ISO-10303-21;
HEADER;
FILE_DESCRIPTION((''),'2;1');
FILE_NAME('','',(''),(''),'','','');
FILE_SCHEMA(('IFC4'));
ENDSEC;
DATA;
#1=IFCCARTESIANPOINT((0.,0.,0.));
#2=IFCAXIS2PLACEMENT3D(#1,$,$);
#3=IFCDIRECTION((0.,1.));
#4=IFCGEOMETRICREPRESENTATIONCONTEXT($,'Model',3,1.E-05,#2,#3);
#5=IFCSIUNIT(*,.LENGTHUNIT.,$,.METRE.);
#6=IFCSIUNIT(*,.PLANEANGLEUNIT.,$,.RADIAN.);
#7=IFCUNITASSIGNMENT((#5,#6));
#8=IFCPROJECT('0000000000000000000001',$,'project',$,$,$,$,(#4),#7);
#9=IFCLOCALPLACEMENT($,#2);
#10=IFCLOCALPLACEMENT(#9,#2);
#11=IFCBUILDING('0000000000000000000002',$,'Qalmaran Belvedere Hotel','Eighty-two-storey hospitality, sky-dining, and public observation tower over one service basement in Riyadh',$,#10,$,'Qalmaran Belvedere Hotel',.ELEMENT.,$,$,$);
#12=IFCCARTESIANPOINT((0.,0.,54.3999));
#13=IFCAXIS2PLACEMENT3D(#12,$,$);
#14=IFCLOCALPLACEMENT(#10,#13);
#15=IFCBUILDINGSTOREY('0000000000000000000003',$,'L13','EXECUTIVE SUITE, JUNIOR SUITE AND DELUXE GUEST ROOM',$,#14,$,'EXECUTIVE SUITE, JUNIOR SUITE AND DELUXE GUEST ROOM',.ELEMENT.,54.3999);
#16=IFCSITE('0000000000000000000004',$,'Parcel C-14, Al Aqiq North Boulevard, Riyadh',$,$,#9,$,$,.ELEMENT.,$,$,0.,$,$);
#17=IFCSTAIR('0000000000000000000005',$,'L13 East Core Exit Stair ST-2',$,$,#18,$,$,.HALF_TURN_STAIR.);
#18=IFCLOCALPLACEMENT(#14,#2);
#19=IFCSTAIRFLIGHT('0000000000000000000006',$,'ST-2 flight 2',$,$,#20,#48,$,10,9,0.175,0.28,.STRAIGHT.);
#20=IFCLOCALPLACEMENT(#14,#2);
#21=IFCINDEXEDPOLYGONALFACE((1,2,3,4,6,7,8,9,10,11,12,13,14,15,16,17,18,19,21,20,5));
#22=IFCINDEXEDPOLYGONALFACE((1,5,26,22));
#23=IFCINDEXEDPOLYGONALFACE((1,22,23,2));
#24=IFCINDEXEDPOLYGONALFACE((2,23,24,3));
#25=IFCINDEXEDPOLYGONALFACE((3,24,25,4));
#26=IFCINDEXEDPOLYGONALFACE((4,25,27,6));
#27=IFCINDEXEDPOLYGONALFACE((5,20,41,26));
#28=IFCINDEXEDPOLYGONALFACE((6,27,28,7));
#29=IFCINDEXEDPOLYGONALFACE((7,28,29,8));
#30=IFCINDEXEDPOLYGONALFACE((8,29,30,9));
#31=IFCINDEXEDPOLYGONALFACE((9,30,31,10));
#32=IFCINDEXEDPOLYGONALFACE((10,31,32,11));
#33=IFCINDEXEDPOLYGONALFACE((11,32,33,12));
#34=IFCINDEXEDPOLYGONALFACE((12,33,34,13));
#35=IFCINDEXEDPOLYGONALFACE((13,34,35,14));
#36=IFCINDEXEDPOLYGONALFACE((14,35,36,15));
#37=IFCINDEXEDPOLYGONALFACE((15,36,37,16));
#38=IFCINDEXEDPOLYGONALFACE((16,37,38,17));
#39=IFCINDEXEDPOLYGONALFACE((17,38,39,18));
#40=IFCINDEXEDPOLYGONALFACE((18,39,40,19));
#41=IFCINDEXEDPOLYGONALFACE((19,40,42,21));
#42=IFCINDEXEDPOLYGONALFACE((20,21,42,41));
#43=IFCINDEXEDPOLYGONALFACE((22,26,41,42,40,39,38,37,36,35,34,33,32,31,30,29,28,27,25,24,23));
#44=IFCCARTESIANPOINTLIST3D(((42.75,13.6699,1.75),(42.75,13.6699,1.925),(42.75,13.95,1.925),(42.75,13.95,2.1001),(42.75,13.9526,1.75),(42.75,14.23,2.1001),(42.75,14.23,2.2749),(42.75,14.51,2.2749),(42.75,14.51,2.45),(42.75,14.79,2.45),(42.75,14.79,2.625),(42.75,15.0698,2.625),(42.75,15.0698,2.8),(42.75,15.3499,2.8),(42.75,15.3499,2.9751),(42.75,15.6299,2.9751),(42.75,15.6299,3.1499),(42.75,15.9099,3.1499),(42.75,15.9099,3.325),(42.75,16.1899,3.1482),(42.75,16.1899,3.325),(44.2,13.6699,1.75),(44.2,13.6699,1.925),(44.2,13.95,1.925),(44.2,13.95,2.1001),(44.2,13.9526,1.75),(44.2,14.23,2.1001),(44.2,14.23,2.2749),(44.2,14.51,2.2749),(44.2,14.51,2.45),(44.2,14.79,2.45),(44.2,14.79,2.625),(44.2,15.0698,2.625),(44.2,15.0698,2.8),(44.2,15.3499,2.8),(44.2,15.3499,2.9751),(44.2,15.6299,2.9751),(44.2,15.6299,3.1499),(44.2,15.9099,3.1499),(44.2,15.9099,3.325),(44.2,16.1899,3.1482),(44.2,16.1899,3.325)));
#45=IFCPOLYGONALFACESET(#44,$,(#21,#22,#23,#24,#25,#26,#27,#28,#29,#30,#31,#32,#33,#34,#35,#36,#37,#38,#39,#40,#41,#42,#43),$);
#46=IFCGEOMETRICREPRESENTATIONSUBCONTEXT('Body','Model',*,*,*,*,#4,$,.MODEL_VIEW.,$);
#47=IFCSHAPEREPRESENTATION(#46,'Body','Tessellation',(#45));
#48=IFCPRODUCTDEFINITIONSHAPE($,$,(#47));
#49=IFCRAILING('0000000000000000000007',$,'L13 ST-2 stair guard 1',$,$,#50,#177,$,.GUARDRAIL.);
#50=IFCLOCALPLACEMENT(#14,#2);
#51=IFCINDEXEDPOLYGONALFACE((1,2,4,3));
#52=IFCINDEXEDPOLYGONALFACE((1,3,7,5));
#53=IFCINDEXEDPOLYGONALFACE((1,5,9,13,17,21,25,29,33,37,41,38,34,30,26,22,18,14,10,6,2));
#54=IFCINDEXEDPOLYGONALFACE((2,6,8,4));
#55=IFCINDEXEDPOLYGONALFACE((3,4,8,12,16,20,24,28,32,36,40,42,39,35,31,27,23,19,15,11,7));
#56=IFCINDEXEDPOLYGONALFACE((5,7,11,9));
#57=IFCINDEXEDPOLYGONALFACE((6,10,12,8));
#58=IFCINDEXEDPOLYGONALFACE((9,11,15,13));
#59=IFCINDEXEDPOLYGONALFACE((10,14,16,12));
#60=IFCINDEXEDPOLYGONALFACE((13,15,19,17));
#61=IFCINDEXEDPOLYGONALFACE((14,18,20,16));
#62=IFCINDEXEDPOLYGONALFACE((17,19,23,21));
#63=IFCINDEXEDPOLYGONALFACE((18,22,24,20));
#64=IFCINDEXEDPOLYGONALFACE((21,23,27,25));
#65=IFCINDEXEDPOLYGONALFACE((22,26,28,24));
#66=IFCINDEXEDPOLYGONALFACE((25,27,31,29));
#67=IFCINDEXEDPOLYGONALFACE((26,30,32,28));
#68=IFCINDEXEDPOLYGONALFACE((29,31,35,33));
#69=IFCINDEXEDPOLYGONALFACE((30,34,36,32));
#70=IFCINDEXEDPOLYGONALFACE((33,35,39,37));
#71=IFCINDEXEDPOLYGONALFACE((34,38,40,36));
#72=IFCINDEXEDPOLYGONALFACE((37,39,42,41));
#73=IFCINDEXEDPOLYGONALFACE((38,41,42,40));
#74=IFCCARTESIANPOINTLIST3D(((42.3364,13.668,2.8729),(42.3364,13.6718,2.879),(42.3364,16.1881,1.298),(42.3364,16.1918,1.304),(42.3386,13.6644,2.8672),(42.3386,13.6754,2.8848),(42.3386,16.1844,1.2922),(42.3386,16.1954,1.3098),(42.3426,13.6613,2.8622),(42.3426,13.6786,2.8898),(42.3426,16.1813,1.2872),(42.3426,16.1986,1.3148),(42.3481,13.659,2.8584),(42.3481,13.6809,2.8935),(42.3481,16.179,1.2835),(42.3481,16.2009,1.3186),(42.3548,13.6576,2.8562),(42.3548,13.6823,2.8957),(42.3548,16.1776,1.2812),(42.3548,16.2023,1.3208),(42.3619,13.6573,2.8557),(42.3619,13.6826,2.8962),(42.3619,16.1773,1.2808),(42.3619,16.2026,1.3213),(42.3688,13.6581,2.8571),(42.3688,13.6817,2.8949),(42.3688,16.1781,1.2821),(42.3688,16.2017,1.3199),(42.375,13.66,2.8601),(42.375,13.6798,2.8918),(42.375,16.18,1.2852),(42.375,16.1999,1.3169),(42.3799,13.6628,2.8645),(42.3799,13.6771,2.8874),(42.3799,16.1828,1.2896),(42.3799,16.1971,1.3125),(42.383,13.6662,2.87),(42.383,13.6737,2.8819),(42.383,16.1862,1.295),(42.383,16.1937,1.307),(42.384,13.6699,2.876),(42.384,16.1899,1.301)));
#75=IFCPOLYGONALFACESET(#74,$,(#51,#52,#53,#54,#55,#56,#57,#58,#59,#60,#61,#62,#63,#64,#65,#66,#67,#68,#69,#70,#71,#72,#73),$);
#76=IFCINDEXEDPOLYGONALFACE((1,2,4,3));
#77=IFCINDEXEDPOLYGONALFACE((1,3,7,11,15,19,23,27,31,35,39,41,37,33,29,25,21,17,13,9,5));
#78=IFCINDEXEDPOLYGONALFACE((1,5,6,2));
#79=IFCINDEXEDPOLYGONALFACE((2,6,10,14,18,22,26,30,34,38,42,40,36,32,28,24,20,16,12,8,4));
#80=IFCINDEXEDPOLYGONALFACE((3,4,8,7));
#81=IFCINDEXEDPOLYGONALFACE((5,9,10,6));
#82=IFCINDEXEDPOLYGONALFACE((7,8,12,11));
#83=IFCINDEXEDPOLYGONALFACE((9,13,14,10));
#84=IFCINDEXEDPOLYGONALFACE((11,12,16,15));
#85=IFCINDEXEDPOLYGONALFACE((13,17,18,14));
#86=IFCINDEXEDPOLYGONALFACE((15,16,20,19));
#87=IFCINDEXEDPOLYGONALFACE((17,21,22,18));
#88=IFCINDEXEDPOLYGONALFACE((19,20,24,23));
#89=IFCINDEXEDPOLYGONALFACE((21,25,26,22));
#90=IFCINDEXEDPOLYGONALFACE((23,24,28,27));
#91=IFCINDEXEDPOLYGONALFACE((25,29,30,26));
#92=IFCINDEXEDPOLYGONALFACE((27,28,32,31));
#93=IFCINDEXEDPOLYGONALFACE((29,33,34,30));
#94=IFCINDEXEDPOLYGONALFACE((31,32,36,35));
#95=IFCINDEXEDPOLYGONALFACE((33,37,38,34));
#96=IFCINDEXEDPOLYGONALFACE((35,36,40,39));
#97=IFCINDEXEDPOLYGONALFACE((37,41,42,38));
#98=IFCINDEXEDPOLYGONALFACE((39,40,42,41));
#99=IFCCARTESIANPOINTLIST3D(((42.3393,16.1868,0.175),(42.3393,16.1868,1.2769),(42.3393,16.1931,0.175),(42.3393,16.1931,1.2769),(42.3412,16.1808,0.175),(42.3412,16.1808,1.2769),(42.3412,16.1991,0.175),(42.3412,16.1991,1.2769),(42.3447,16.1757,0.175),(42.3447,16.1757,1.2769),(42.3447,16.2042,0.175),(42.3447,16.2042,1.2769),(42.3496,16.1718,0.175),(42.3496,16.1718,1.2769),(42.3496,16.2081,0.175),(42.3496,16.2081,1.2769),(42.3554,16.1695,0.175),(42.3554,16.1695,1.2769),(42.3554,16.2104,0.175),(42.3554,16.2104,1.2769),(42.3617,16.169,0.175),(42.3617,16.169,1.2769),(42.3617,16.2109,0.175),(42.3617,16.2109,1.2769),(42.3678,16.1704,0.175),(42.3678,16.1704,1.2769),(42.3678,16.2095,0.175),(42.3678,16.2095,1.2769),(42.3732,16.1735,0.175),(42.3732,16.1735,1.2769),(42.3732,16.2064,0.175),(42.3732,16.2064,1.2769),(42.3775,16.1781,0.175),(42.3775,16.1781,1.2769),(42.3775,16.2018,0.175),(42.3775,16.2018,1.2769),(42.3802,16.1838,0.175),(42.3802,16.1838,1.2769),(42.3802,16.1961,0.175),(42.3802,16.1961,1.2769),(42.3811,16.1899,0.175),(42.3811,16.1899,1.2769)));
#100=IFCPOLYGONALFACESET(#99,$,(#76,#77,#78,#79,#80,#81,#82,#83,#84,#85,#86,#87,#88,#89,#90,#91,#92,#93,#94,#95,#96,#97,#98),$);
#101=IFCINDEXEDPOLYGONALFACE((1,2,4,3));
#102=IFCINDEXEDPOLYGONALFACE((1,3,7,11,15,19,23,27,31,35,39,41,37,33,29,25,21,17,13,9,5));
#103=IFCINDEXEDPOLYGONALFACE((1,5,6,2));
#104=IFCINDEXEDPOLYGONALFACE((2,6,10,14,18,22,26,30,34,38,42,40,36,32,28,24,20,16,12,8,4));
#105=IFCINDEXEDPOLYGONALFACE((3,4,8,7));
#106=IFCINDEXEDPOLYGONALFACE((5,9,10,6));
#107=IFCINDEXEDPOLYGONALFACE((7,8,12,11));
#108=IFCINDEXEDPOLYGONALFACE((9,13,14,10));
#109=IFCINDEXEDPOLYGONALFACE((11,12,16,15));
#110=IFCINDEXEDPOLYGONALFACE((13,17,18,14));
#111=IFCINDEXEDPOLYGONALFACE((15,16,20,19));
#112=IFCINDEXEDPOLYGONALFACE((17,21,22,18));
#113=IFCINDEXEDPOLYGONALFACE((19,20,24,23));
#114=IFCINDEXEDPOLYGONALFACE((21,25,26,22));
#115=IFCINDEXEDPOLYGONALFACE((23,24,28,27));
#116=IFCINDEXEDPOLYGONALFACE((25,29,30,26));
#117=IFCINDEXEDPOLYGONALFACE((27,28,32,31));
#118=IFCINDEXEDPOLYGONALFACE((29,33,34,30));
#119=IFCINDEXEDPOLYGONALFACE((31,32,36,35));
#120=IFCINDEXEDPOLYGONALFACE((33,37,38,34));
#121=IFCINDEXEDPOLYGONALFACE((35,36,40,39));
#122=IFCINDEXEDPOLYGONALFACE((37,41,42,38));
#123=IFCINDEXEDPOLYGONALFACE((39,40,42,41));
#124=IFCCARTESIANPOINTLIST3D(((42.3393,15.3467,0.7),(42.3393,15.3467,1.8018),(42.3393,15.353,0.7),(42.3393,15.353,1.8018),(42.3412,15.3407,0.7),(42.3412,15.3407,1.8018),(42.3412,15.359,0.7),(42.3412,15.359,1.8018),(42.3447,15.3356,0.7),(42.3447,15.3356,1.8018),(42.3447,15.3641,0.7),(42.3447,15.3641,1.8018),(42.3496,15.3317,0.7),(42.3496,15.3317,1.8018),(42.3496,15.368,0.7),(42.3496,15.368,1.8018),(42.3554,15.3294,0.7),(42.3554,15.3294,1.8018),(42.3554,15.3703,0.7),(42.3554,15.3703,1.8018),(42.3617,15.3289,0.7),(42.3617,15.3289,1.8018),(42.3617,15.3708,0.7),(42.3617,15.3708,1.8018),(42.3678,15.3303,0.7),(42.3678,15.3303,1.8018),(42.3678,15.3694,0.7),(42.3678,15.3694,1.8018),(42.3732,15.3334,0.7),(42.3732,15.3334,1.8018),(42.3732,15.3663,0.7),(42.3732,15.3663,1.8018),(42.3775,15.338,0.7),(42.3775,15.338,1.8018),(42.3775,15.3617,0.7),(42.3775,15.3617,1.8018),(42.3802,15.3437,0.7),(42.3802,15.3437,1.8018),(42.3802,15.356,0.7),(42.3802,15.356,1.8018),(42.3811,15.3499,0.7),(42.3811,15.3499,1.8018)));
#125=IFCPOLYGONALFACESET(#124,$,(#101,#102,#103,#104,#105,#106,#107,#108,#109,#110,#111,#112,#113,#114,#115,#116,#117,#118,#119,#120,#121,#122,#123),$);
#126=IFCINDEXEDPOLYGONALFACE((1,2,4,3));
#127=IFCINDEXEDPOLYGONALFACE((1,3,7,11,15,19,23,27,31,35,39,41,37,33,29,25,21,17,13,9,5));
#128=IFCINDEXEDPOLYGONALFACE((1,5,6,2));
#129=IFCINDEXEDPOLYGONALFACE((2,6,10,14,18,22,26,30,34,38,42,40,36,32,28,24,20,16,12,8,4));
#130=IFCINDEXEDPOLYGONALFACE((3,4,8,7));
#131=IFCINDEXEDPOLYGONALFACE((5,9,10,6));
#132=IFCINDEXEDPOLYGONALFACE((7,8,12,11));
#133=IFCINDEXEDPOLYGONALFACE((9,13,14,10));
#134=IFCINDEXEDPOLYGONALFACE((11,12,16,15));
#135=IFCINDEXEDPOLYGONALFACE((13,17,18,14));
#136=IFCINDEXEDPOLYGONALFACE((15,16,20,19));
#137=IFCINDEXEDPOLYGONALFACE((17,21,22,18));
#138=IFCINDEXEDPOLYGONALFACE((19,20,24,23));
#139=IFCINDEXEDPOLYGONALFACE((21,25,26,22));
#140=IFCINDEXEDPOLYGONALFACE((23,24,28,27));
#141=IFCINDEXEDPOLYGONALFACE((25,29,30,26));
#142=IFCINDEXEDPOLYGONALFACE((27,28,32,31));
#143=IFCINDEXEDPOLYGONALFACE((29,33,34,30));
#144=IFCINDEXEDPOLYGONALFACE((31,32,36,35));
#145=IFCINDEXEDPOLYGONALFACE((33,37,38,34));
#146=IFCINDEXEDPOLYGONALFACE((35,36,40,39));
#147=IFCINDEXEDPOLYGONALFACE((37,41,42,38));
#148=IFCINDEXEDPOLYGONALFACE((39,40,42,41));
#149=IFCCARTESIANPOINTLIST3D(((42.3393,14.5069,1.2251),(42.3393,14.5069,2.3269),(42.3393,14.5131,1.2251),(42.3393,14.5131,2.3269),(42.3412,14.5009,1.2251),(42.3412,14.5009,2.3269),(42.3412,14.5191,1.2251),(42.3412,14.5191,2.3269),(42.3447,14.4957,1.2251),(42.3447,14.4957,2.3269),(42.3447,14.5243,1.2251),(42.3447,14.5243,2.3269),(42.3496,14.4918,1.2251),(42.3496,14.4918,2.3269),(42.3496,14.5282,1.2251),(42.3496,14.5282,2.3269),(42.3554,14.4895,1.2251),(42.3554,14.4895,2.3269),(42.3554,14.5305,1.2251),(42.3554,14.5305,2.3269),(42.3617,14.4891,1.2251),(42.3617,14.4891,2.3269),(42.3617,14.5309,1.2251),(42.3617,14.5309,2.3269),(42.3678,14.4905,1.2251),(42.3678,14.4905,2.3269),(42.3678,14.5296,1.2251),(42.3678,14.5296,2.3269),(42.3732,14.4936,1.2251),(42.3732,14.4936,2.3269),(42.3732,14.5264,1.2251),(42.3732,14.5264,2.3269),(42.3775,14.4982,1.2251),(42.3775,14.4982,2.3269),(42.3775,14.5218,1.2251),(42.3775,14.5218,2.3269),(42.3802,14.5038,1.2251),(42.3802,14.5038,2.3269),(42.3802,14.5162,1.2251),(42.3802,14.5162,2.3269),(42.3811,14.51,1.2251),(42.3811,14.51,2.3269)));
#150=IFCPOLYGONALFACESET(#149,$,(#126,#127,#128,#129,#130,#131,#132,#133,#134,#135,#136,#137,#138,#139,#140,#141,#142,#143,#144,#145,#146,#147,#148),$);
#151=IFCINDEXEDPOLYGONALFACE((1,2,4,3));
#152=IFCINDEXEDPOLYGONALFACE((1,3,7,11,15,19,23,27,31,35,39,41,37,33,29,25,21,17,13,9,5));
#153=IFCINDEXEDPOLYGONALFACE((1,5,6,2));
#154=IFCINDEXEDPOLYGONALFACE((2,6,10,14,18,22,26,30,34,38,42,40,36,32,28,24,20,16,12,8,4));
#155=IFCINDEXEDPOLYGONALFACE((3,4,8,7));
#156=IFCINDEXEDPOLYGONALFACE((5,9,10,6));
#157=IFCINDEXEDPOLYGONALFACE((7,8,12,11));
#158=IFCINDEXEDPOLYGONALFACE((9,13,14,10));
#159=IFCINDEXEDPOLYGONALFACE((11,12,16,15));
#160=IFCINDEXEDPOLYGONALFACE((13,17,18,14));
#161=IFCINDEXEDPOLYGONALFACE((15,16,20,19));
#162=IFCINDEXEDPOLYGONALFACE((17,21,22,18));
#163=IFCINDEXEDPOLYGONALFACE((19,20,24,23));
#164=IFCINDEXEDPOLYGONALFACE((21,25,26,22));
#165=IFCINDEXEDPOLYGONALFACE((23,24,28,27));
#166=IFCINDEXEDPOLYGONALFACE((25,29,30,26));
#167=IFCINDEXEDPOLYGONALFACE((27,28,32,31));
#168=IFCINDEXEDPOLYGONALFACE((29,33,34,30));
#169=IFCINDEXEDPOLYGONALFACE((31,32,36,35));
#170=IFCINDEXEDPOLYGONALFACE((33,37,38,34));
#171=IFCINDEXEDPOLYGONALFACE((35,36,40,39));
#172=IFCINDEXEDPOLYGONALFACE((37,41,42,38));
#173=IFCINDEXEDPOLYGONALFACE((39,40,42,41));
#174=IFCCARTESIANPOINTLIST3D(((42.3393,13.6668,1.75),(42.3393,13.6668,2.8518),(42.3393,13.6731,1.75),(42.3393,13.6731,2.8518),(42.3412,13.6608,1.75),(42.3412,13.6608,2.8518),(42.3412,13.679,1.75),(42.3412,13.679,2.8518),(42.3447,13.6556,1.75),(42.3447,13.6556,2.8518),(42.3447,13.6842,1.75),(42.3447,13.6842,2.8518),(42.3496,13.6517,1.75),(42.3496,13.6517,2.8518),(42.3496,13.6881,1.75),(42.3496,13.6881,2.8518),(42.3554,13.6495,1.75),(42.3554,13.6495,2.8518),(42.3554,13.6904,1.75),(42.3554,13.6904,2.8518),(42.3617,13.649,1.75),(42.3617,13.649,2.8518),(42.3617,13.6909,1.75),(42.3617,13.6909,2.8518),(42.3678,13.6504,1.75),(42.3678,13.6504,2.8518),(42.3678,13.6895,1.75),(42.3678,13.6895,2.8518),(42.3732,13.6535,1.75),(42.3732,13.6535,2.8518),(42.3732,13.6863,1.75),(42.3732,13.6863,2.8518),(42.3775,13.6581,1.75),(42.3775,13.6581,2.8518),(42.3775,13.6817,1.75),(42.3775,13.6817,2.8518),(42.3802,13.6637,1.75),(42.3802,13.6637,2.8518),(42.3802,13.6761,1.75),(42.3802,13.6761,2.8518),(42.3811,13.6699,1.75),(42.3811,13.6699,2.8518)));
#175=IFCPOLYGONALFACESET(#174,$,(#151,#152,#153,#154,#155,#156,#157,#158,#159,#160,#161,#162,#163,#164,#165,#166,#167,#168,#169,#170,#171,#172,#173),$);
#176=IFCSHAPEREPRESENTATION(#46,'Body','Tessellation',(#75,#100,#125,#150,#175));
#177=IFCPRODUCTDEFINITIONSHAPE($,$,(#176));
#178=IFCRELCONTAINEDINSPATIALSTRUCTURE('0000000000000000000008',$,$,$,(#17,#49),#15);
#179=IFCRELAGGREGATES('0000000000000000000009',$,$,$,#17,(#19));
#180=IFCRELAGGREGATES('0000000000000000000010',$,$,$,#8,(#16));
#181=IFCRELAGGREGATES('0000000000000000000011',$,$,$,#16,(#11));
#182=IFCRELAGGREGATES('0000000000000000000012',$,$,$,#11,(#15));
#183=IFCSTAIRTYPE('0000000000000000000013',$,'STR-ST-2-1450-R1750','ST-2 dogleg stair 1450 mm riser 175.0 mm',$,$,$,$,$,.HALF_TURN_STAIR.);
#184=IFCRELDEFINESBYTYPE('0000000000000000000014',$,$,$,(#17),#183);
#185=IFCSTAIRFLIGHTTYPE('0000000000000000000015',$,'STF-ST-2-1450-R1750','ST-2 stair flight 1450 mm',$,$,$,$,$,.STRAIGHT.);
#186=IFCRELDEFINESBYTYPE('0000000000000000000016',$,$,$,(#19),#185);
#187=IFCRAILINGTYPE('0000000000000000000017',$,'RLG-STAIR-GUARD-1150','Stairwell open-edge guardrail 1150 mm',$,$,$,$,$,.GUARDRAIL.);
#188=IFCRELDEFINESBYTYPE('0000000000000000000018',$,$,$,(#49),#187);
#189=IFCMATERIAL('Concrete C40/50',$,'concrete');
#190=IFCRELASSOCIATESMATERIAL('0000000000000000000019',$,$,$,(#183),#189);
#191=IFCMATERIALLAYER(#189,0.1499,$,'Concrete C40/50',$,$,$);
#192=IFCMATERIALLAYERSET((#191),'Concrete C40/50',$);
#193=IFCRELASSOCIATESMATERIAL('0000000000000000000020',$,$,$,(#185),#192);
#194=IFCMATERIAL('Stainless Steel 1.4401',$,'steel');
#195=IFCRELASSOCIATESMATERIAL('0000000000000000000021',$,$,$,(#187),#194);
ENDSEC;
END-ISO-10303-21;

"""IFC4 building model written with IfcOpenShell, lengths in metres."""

from ifc_helpers import new_model, si_unit, direction, frame, origin, origin_2d, place, context, subcontext, project, spatial, polyline, circle, outline, extrude, material, layer, layer_set, type_object, element, aggregate, save


model = new_model("IFC4")

# Units and contexts
model_context = context("Model", 3, precision=1e-05, world=origin(), true_north=direction((0.0, 1.0)))
body_context = subcontext(model_context, "Body", "Model", "MODEL_VIEW")
ifc_project = project(units=[si_unit("LENGTHUNIT", "METRE"), si_unit("PLANEANGLEUNIT", "RADIAN")], contexts=[model_context])

# Site, building, storey
site_placement = place(None, origin())
site = spatial("IfcSite", under=ifc_project, at=site_placement, Name="Parcel C-14, Al Aqiq North Boulevard, Riyadh", CompositionType="ELEMENT", RefElevation=0.0)
building_placement = place(site_placement, origin())
building = spatial("IfcBuilding", under=site, at=building_placement, Name="Qalmaran Belvedere Hotel", Description="Eighty-two-storey hospitality, sky-dining, and public observation tower over one service basement in Riyadh", LongName="Qalmaran Belvedere Hotel", CompositionType="ELEMENT")
storey_placement = place(building_placement, frame((0.0, 0.0, 54.3999)))
storey = spatial("IfcBuildingStorey", under=building, at=storey_placement, Name="L13", Description="EXECUTIVE SUITE, JUNIOR SUITE AND DELUXE GUEST ROOM", LongName="EXECUTIVE SUITE, JUNIOR SUITE AND DELUXE GUEST ROOM", CompositionType="ELEMENT", Elevation=54.3999)

# Shared definitions
ifc_material_1 = material(Name="Stainless Steel 1.4401", Category="steel")

# Stair, stair flight
ifc_material_2 = material(Name="Concrete C40/50", Category="concrete")
stair_type = type_object("IfcStairType", Name="STR-ST-2-1450-R1750", Description="ST-2 dogleg stair 1450 mm riser 175.0 mm", PredefinedType="HALF_TURN_STAIR", material=ifc_material_2)
stair_placement = place(storey_placement, origin())
stair = element("IfcStair", 1, at=stair_placement, inside=storey, type_object=stair_type, Name="L13 East Core Exit Stair ST-2", PredefinedType="HALF_TURN_STAIR")
ifc_layer_1 = layer(ifc_material_2, 0.1499, Name="Concrete C40/50")
ifc_layer_set_1 = layer_set([ifc_layer_1], Name="Concrete C40/50")
stair_flight_type = type_object("IfcStairFlightType", Name="STF-ST-2-1450-R1750", Description="ST-2 stair flight 1450 mm", PredefinedType="STRAIGHT", material=ifc_layer_set_1)
stair_flight_1_placement = place(storey_placement, frame((43.4751, 13.6699, 1.75), z_axis=(0.0, 0.0, 1.0), x_axis=(0.0, 1.0, 0.0)))
stair_flight_1 = element("IfcStairFlight", 2, at=stair_flight_1_placement, type_object=stair_flight_type, Name="ST-2 flight 2", NumberOfRisers=10, NumberOfTreads=9, PredefinedType="STRAIGHT", RiserHeight=0.175, TreadLength=0.28, context=body_context, shape_type="SweptSolid", body=[
    extrude(outline(polyline([(0.0, 0.0), (0.0, 0.175), (0.28, 0.175), (0.28, 0.3501), (0.5601, 0.3501), (0.5601, 0.5249), (0.8401, 0.5249), (0.8401, 0.7), (1.1201, 0.7), (1.1201, 0.875), (1.3999, 0.875), (1.3999, 1.05), (1.6799, 1.05), (1.6799, 1.2251), (1.96, 1.2251), (1.96, 1.3999), (2.24, 1.3999), (2.24, 1.575), (2.52, 1.575), (2.52, 1.75), (2.52, 1.3982), (0.2827, 0.0), (0.0, 0.0)])), frame((0.0, 0.7251, 0.0), z_axis=(0.0, -1.0, 0.0), x_axis=(1.0, 0.0, 0.0)), (0.0, 0.0, 1.0), 1.45),
])
aggregate(stair, [stair_flight_1])

# Railing
railing_type_1 = type_object("IfcRailingType", Name="RLG-STAIR-GUARD-1150", Description="Stairwell open-edge guardrail 1150 mm", PredefinedType="GUARDRAIL", material=ifc_material_1)
railing_1_placement = place(storey_placement, frame((42.3601, 16.1899, 0.175)))
element("IfcRailing", 3, at=railing_1_placement, inside=storey, type_object=railing_type_1, Name="L13 ST-2 stair guard 1", PredefinedType="GUARDRAIL", context=body_context, shape_type="SweptSolid", body=[
    extrude(circle(Radius=0.0239, at=origin_2d()), frame((0.0, 0.0, 1.126), z_axis=(0.0, -0.848008, 0.529984), x_axis=(1.0, 0.0, 0.0)), (0.0, 0.0, 1.0), 2.9717),
    extrude(circle(Radius=0.021, at=origin_2d()), origin(), (0.0, 0.0, 1.0), 1.1018),
    extrude(circle(Radius=0.021, at=origin_2d()), frame((0.0, -0.8401, 0.5249)), (0.0, 0.0, 1.0), 1.1018),
    extrude(circle(Radius=0.021, at=origin_2d()), frame((0.0, -1.6799, 1.05)), (0.0, 0.0, 1.0), 1.1018),
    extrude(circle(Radius=0.021, at=origin_2d()), frame((0.0, -2.52, 1.575)), (0.0, 0.0, 1.0), 1.1018),
])

save(model, "model.ifc")
